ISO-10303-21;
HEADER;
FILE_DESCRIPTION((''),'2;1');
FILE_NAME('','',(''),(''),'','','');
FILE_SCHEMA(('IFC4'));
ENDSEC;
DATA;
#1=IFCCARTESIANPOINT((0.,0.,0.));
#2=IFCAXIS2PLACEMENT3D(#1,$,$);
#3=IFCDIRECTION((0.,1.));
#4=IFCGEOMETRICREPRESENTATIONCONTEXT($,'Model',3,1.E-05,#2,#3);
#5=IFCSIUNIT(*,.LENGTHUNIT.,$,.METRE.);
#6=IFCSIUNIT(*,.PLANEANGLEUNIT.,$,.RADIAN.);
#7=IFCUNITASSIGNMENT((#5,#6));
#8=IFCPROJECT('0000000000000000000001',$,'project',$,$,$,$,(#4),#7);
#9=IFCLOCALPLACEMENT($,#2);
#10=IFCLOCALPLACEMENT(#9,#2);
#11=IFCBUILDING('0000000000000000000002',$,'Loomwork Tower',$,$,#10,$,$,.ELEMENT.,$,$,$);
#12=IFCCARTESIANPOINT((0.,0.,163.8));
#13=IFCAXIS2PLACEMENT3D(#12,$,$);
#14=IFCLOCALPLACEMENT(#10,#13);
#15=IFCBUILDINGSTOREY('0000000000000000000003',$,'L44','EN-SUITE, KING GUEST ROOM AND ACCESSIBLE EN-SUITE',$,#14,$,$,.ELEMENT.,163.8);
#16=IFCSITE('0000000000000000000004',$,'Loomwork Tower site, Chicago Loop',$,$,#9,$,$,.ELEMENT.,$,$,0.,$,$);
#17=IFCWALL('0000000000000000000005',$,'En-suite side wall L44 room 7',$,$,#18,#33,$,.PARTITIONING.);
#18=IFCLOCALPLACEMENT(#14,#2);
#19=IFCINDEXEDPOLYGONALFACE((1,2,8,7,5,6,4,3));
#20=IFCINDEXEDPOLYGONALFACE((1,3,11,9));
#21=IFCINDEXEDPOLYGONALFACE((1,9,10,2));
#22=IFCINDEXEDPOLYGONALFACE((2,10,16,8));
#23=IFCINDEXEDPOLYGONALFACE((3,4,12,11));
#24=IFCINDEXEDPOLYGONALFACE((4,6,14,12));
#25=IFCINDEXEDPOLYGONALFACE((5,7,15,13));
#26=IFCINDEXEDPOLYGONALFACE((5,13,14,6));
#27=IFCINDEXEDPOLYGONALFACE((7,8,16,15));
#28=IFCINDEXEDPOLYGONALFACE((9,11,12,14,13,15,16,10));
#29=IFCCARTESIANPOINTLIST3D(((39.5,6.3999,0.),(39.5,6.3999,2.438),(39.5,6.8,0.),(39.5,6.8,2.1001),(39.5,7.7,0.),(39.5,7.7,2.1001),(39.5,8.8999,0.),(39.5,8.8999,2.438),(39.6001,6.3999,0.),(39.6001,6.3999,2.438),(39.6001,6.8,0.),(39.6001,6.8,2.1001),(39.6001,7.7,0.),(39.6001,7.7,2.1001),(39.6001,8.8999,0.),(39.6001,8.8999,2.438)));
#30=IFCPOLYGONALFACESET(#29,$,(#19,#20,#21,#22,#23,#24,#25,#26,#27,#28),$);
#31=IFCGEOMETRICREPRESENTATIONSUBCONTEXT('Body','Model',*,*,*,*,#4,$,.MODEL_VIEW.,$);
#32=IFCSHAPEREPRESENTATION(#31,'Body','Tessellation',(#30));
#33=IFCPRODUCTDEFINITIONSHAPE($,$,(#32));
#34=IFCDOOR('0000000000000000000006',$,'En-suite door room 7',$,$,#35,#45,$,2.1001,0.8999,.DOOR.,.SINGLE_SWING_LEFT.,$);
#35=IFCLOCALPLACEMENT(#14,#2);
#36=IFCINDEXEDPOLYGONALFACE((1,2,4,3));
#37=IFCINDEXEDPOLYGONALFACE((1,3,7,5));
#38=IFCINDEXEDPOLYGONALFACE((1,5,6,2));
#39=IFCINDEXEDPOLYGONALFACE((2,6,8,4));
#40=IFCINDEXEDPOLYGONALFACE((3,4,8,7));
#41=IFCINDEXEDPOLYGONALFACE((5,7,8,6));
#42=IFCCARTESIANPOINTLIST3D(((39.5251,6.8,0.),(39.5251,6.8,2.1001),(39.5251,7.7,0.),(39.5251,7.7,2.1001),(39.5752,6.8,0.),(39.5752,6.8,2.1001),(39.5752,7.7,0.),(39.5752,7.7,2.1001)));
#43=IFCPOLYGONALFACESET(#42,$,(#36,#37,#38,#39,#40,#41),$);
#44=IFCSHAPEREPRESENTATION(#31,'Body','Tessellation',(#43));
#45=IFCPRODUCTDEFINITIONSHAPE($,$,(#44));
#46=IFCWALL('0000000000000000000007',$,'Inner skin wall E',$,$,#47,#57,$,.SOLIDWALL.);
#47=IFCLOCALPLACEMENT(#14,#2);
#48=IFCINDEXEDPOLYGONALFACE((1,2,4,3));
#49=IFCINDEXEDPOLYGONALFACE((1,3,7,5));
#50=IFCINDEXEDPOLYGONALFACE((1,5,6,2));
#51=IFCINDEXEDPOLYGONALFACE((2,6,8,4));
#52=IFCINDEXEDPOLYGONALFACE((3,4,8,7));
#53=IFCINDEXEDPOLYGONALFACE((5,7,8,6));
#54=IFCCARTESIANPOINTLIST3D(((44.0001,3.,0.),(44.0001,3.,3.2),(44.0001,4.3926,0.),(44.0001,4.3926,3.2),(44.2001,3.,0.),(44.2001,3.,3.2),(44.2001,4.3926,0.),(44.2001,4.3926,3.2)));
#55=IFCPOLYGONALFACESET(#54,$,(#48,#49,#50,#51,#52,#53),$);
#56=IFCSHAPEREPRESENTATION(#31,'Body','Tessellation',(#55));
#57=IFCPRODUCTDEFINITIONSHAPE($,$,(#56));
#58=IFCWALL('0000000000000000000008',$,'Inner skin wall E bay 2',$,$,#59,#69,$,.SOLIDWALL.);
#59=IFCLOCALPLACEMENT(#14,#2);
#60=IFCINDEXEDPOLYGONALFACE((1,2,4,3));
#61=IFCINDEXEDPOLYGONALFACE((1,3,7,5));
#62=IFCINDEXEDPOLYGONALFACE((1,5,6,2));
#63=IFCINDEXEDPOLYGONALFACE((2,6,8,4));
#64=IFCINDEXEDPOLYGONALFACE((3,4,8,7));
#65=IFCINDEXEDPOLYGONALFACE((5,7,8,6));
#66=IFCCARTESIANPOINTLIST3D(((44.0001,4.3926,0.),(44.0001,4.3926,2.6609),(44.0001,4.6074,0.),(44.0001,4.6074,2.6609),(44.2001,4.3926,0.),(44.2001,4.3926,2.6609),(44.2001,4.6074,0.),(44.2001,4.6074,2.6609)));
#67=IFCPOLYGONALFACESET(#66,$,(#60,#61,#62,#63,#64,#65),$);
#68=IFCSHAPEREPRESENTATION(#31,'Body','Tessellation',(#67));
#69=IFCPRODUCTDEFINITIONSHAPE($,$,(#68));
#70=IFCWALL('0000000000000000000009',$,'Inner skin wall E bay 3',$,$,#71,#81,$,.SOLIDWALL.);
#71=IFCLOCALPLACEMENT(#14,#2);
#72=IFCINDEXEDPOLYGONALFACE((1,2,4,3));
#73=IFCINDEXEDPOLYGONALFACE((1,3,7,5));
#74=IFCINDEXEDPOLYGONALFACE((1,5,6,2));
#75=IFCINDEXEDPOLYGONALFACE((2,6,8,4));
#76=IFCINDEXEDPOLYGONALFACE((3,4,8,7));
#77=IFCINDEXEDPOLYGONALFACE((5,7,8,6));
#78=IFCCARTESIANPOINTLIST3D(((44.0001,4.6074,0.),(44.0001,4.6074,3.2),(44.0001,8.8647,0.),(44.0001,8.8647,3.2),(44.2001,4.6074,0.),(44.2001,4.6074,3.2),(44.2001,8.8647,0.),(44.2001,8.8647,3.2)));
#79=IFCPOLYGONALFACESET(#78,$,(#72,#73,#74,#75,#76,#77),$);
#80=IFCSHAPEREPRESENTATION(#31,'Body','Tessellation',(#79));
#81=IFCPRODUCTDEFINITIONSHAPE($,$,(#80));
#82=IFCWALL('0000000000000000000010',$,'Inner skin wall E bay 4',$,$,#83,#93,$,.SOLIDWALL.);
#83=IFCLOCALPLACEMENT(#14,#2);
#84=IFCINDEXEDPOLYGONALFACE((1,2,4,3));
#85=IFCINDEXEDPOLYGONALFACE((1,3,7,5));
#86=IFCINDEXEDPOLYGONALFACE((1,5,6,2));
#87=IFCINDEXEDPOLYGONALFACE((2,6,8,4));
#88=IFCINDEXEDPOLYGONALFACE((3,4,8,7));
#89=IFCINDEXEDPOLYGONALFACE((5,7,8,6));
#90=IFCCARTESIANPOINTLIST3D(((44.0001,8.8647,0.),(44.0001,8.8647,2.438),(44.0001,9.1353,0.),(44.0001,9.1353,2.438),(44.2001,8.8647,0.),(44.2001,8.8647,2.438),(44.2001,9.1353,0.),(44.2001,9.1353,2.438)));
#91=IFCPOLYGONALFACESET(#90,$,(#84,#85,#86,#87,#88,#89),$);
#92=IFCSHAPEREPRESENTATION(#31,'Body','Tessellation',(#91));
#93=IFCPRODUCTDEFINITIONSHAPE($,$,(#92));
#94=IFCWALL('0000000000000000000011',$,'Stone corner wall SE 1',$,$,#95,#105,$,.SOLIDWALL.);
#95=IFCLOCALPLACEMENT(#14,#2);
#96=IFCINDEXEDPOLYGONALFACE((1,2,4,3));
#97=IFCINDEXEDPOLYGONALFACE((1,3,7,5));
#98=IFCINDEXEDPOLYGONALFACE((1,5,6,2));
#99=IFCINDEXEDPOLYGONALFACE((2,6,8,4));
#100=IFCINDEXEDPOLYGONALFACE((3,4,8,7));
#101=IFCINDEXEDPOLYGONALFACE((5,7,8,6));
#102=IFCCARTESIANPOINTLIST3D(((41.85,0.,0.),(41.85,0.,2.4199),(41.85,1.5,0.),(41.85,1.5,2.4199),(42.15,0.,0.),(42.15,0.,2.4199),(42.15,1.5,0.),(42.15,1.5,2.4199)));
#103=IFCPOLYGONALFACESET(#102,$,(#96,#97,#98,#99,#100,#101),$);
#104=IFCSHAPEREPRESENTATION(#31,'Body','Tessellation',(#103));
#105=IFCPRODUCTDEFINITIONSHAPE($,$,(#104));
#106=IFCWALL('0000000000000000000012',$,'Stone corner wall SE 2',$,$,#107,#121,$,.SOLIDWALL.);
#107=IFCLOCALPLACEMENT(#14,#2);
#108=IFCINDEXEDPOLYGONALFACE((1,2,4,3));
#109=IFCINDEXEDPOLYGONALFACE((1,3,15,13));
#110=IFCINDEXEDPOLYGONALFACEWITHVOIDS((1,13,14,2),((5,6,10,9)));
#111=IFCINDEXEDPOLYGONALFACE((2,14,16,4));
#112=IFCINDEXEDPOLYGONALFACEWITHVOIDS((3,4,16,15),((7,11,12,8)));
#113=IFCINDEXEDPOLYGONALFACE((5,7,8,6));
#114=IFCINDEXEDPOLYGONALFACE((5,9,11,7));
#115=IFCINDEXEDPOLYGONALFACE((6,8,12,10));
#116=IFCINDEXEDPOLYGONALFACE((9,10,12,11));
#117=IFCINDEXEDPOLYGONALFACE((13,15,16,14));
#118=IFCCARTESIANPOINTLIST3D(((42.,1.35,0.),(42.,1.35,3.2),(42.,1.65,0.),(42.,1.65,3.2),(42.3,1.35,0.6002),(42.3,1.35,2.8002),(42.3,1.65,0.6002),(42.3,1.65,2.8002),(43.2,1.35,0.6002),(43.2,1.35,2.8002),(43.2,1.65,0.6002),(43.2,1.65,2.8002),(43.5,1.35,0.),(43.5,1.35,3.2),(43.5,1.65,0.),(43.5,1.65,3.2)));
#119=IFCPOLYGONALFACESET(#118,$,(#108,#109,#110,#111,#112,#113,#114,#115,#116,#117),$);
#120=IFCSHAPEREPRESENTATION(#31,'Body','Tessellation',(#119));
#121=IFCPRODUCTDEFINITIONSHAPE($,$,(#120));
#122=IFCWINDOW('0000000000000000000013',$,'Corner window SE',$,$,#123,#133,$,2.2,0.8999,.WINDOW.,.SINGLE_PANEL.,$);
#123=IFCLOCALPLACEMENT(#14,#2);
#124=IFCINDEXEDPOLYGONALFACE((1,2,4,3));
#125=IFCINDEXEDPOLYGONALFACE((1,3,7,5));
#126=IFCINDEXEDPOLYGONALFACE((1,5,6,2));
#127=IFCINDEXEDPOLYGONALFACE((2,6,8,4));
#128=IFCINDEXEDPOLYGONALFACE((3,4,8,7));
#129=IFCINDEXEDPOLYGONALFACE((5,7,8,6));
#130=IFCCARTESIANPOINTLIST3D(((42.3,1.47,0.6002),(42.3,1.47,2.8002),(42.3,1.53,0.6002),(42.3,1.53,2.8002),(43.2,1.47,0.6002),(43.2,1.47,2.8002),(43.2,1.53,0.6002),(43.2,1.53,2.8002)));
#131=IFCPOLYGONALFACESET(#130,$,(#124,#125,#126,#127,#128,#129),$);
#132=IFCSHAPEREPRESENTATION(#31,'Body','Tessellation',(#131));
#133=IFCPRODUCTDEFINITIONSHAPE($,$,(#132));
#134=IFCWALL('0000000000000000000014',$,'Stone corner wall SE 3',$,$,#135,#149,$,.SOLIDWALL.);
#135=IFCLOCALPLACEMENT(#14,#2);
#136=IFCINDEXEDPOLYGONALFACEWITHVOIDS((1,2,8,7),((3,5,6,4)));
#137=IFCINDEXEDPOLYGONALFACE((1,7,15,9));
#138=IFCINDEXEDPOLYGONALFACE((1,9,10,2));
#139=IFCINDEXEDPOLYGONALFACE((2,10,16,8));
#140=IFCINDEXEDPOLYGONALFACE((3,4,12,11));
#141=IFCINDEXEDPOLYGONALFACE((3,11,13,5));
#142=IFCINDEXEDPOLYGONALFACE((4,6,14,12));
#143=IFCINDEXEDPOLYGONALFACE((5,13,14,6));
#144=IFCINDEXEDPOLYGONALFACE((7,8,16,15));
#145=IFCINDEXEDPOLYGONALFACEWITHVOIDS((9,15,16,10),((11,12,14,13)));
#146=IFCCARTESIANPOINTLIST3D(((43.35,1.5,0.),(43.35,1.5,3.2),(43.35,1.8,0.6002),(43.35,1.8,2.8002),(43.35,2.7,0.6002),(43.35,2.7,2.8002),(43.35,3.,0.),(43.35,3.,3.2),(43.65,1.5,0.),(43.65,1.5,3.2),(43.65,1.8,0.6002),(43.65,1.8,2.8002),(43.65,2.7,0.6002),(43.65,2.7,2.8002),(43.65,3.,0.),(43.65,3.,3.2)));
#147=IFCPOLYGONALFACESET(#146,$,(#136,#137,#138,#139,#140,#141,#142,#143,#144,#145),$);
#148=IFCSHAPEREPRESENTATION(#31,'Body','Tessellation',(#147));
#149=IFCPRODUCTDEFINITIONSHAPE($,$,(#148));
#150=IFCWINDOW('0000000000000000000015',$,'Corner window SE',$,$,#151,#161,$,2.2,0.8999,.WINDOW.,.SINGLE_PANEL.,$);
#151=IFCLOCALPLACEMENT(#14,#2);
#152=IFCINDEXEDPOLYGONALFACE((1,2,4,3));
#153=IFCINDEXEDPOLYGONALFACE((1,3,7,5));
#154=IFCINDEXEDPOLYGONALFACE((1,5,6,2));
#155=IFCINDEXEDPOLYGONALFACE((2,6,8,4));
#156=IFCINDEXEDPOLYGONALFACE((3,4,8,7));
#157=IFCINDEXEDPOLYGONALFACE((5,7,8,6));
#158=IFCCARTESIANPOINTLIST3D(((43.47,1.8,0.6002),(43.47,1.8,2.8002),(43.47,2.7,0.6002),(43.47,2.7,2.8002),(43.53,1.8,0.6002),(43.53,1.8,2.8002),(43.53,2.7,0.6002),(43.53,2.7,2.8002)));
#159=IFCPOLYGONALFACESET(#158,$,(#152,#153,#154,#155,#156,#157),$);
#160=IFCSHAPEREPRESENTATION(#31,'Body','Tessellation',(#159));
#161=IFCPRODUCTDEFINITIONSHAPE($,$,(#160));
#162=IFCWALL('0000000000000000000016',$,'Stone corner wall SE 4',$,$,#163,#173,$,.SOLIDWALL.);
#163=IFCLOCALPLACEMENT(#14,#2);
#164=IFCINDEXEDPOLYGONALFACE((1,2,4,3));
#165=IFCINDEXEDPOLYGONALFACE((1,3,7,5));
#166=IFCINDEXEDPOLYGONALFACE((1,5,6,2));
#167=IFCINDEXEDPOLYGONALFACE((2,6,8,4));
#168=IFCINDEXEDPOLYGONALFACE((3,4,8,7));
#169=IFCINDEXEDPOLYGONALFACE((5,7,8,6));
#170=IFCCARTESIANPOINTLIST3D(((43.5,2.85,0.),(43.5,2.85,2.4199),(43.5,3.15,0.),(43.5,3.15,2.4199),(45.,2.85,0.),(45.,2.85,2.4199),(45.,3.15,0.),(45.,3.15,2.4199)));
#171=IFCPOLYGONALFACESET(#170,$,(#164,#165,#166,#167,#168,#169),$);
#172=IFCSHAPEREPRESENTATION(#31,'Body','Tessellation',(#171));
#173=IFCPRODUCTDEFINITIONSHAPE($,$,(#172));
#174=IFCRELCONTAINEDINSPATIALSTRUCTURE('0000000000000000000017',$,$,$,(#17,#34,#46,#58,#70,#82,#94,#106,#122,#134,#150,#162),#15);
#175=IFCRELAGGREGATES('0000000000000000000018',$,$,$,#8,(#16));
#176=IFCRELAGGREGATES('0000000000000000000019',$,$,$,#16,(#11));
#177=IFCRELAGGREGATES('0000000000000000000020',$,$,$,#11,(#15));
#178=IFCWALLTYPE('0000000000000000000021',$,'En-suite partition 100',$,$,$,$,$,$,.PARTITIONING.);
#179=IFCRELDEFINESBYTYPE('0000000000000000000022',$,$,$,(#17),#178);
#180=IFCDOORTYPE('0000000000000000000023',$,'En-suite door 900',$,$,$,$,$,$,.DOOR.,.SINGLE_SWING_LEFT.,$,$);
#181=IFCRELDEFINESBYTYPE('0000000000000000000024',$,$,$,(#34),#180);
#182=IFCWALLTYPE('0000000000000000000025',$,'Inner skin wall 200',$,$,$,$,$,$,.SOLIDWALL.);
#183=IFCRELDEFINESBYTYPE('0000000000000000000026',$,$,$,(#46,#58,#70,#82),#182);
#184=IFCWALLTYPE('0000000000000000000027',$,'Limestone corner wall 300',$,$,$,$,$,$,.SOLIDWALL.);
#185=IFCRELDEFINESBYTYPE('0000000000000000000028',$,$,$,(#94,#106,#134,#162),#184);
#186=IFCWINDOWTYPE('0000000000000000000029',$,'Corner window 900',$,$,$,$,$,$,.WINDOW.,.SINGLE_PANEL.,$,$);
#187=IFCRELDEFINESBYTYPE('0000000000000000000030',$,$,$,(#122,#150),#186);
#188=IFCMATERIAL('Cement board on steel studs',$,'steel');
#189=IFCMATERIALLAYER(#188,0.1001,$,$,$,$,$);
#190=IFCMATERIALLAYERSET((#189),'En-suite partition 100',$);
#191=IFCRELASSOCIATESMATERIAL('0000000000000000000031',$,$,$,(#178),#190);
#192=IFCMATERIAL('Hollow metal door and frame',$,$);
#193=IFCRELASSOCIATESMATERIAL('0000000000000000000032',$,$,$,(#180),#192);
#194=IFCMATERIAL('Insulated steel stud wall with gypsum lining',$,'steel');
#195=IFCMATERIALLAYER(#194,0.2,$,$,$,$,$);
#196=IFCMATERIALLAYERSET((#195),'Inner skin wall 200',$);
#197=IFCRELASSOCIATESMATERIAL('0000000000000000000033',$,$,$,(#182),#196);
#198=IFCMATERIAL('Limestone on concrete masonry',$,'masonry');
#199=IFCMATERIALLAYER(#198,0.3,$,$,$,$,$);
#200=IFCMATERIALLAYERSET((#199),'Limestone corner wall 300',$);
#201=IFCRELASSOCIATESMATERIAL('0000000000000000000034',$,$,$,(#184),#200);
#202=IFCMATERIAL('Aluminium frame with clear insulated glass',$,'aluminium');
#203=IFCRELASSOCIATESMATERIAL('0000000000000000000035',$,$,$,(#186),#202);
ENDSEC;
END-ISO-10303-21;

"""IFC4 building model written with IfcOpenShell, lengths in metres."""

from ifc_helpers import new_model, si_unit, direction, frame, frame_2d, origin, place, context, subcontext, project, spatial, rectangle, extrude, material, layer, layer_set, type_object, element, fill, save


model = new_model("IFC4")

# Units and contexts
model_context = context("Model", 3, precision=1e-05, world=origin(), true_north=direction((0.0, 1.0)))
body_context = subcontext(model_context, "Body", "Model", "MODEL_VIEW")
ifc_project = project(units=[si_unit("LENGTHUNIT", "METRE"), si_unit("PLANEANGLEUNIT", "RADIAN")], contexts=[model_context])

# Site, building, storey
site_placement = place(None, origin())
site = spatial("IfcSite", under=ifc_project, at=site_placement, Name="Loomwork Tower site, Chicago Loop", CompositionType="ELEMENT", RefElevation=0.0)
building_placement = place(site_placement, origin())
building = spatial("IfcBuilding", under=site, at=building_placement, Name="Loomwork Tower", CompositionType="ELEMENT")
storey_placement = place(building_placement, frame((0.0, 0.0, 163.8)))
storey = spatial("IfcBuildingStorey", under=building, at=storey_placement, Name="L44", Description="EN-SUITE, KING GUEST ROOM AND ACCESSIBLE EN-SUITE", CompositionType="ELEMENT", Elevation=163.8)

# Wall, opening, door
ifc_material_1 = material(Name="Cement board on steel studs", Category="steel")
ifc_layer_1 = layer(ifc_material_1, 0.1001)
ifc_layer_set_1 = layer_set([ifc_layer_1], Name="En-suite partition 100")
wall_type_1 = type_object("IfcWallType", Name="En-suite partition 100", PredefinedType="PARTITIONING", material=ifc_layer_set_1)
wall_1_placement = place(storey_placement, frame((39.55, 8.8999, 0.0), z_axis=(0.0, 0.0, 1.0), x_axis=(0.0, -1.0, 0.0)))
wall_1 = element("IfcWall", 1, at=wall_1_placement, inside=storey, type_object=wall_type_1, Name="En-suite side wall L44 room 7", PredefinedType="PARTITIONING", context=body_context, shape_type="SweptSolid", body=[
    extrude(rectangle(XDim=2.5, YDim=0.1001, at=frame_2d((1.25, 0.0))), origin(), (0.0, 0.0, 1.0), 2.438),
])
opening_1_placement = place(wall_1_placement, frame((1.2, 0.0, 0.0)))
opening_1 = element("IfcOpeningElement", 2, at=opening_1_placement, cuts=wall_1, PredefinedType="OPENING", context=body_context, shape_type="SweptSolid", body=[
    extrude(rectangle(XDim=0.8999, YDim=2.1001, at=frame_2d((0.45, 1.05))), frame((0.0, 0.0601, 0.0), z_axis=(0.0, -1.0, 0.0), x_axis=(1.0, 0.0, 0.0)), (0.0, 0.0, 1.0), 0.1201),
])
ifc_material_2 = material(Name="Hollow metal door and frame")
door_type = type_object("IfcDoorType", Name="En-suite door 900", OperationType="SINGLE_SWING_LEFT", PredefinedType="DOOR", material=ifc_material_2)
door_placement = place(opening_1_placement, frame((0.8999, 0.0, 0.0), z_axis=(0.0, 0.0, 1.0), x_axis=(-1.0, 0.0, 0.0)))
door = element("IfcDoor", 3, at=door_placement, inside=storey, type_object=door_type, Name="En-suite door room 7", OperationType="SINGLE_SWING_LEFT", OverallHeight=2.1001, OverallWidth=0.8999, PredefinedType="DOOR", context=body_context, shape_type="SweptSolid", body=[
    extrude(rectangle(XDim=0.8999, YDim=2.1001, at=frame_2d((0.45, 1.05))), frame((0.0, 0.0249, 0.0), z_axis=(0.0, -1.0, 0.0), x_axis=(1.0, 0.0, 0.0)), (0.0, 0.0, 1.0), 0.05),
])
fill(opening_1, door)

# Walls
ifc_material_3 = material(Name="Insulated steel stud wall with gypsum lining", Category="steel")
ifc_layer_2 = layer(ifc_material_3, 0.2)
ifc_layer_set_2 = layer_set([ifc_layer_2], Name="Inner skin wall 200")
wall_type_2 = type_object("IfcWallType", Name="Inner skin wall 200", PredefinedType="SOLIDWALL", material=ifc_layer_set_2)
wall_2_placement = place(storey_placement, frame((44.1001, 3.0, 0.0), z_axis=(0.0, 0.0, 1.0), x_axis=(0.0, 1.0, 0.0)))
element("IfcWall", 4, at=wall_2_placement, inside=storey, type_object=wall_type_2, Name="Inner skin wall E", PredefinedType="SOLIDWALL", context=body_context, shape_type="SweptSolid", body=[
    extrude(rectangle(XDim=1.3926, YDim=0.2, at=frame_2d((0.6963, 0.0))), origin(), (0.0, 0.0, 1.0), 3.2),
])
wall_3_placement = place(storey_placement, frame((44.1001, 4.3926, 0.0), z_axis=(0.0, 0.0, 1.0), x_axis=(0.0, 1.0, 0.0)))
element("IfcWall", 5, at=wall_3_placement, inside=storey, type_object=wall_type_2, Name="Inner skin wall E bay 2", PredefinedType="SOLIDWALL", context=body_context, shape_type="SweptSolid", body=[
    extrude(rectangle(XDim=0.2148, YDim=0.2, at=frame_2d((0.1074, 0.0))), origin(), (0.0, 0.0, 1.0), 2.6609),
])
wall_4_placement = place(storey_placement, frame((44.1001, 4.6074, 0.0), z_axis=(0.0, 0.0, 1.0), x_axis=(0.0, 1.0, 0.0)))
element("IfcWall", 6, at=wall_4_placement, inside=storey, type_object=wall_type_2, Name="Inner skin wall E bay 3", PredefinedType="SOLIDWALL", context=body_context, shape_type="SweptSolid", body=[
    extrude(rectangle(XDim=4.2573, YDim=0.2, at=frame_2d((2.1287, 0.0))), origin(), (0.0, 0.0, 1.0), 3.2),
])
wall_5_placement = place(storey_placement, frame((44.1001, 8.8647, 0.0), z_axis=(0.0, 0.0, 1.0), x_axis=(0.0, 1.0, 0.0)))
element("IfcWall", 7, at=wall_5_placement, inside=storey, type_object=wall_type_2, Name="Inner skin wall E bay 4", PredefinedType="SOLIDWALL", context=body_context, shape_type="SweptSolid", body=[
    extrude(rectangle(XDim=0.2705, YDim=0.2, at=frame_2d((0.1353, 0.0))), origin(), (0.0, 0.0, 1.0), 2.438),
])
ifc_material_4 = material(Name="Limestone on concrete masonry", Category="masonry")
ifc_layer_3 = layer(ifc_material_4, 0.3)
ifc_layer_set_3 = layer_set([ifc_layer_3], Name="Limestone corner wall 300")
wall_type_3 = type_object("IfcWallType", Name="Limestone corner wall 300", PredefinedType="SOLIDWALL", material=ifc_layer_set_3)
wall_6_placement = place(storey_placement, frame((42.0, 0.0, 0.0), z_axis=(0.0, 0.0, 1.0), x_axis=(0.0, 1.0, 0.0)))
element("IfcWall", 8, at=wall_6_placement, inside=storey, type_object=wall_type_3, Name="Stone corner wall SE 1", PredefinedType="SOLIDWALL", context=body_context, shape_type="SweptSolid", body=[
    extrude(rectangle(XDim=1.5, YDim=0.3, at=frame_2d((0.75, 0.0))), origin(), (0.0, 0.0, 1.0), 2.4199),
])

# Walls, openings, windows
wall_7_placement = place(storey_placement, frame((42.0, 1.5, 0.0), z_axis=(0.0, 0.0, 1.0), x_axis=(1.0, 0.0, 0.0)))
wall_7 = element("IfcWall", 9, at=wall_7_placement, inside=storey, type_object=wall_type_3, Name="Stone corner wall SE 2", PredefinedType="SOLIDWALL", context=body_context, shape_type="SweptSolid", body=[
    extrude(rectangle(XDim=1.5, YDim=0.3, at=frame_2d((0.75, 0.0))), origin(), (0.0, 0.0, 1.0), 3.2),
])
opening_2_placement = place(wall_7_placement, frame((0.3, 0.0, 0.6001)))
opening_2 = element("IfcOpeningElement", 10, at=opening_2_placement, cuts=wall_7, PredefinedType="OPENING", context=body_context, shape_type="SweptSolid", body=[
    extrude(rectangle(XDim=0.8999, YDim=2.2, at=frame_2d((0.45, 1.1001))), frame((0.0, 0.1599, 0.0), z_axis=(0.0, -1.0, 0.0), x_axis=(1.0, 0.0, 0.0)), (0.0, 0.0, 1.0), 0.3201),
])
ifc_material_5 = material(Name="Aluminium frame with clear insulated glass", Category="aluminium")
window_type = type_object("IfcWindowType", Name="Corner window 900", PartitioningType="SINGLE_PANEL", PredefinedType="WINDOW", material=ifc_material_5)
window_1_placement = place(opening_2_placement, origin())
window_1 = element("IfcWindow", 11, at=window_1_placement, inside=storey, type_object=window_type, Name="Corner window SE", OverallHeight=2.2, OverallWidth=0.8999, PartitioningType="SINGLE_PANEL", PredefinedType="WINDOW", context=body_context, shape_type="SweptSolid", body=[
    extrude(rectangle(XDim=0.8999, YDim=2.2, at=frame_2d((0.45, 1.1001))), frame((0.0, 0.03, 0.0), z_axis=(0.0, -1.0, 0.0), x_axis=(1.0, 0.0, 0.0)), (0.0, 0.0, 1.0), 0.0601),
])
fill(opening_2, window_1)
wall_8_placement = place(storey_placement, frame((43.5, 1.5, 0.0), z_axis=(0.0, 0.0, 1.0), x_axis=(0.0, 1.0, 0.0)))
wall_8 = element("IfcWall", 12, at=wall_8_placement, inside=storey, type_object=wall_type_3, Name="Stone corner wall SE 3", PredefinedType="SOLIDWALL", context=body_context, shape_type="SweptSolid", body=[
    extrude(rectangle(XDim=1.5, YDim=0.3, at=frame_2d((0.75, 0.0))), origin(), (0.0, 0.0, 1.0), 3.2),
])
opening_3_placement = place(wall_8_placement, frame((0.3, 0.0, 0.6001)))
opening_3 = element("IfcOpeningElement", 13, at=opening_3_placement, cuts=wall_8, PredefinedType="OPENING", context=body_context, shape_type="SweptSolid", body=[
    extrude(rectangle(XDim=0.8999, YDim=2.2, at=frame_2d((0.45, 1.1001))), frame((0.0, 0.1599, 0.0), z_axis=(0.0, -1.0, 0.0), x_axis=(1.0, 0.0, 0.0)), (0.0, 0.0, 1.0), 0.3201),
])
window_2_placement = place(opening_3_placement, origin())
window_2 = element("IfcWindow", 14, at=window_2_placement, inside=storey, type_object=window_type, Name="Corner window SE", OverallHeight=2.2, OverallWidth=0.8999, PartitioningType="SINGLE_PANEL", PredefinedType="WINDOW", context=body_context, shape_type="SweptSolid", body=[
    extrude(rectangle(XDim=0.8999, YDim=2.2, at=frame_2d((0.45, 1.1001))), frame((0.0, 0.03, 0.0), z_axis=(0.0, -1.0, 0.0), x_axis=(1.0, 0.0, 0.0)), (0.0, 0.0, 1.0), 0.0601),
])
fill(opening_3, window_2)

# Wall
wall_9_placement = place(storey_placement, frame((43.5, 3.0, 0.0), z_axis=(0.0, 0.0, 1.0), x_axis=(1.0, 0.0, 0.0)))
element("IfcWall", 15, at=wall_9_placement, inside=storey, type_object=wall_type_3, Name="Stone corner wall SE 4", PredefinedType="SOLIDWALL", context=body_context, shape_type="SweptSolid", body=[
    extrude(rectangle(XDim=1.5, YDim=0.3, at=frame_2d((0.75, 0.0))), origin(), (0.0, 0.0, 1.0), 2.4199),
])

save(model, "model.ifc")
